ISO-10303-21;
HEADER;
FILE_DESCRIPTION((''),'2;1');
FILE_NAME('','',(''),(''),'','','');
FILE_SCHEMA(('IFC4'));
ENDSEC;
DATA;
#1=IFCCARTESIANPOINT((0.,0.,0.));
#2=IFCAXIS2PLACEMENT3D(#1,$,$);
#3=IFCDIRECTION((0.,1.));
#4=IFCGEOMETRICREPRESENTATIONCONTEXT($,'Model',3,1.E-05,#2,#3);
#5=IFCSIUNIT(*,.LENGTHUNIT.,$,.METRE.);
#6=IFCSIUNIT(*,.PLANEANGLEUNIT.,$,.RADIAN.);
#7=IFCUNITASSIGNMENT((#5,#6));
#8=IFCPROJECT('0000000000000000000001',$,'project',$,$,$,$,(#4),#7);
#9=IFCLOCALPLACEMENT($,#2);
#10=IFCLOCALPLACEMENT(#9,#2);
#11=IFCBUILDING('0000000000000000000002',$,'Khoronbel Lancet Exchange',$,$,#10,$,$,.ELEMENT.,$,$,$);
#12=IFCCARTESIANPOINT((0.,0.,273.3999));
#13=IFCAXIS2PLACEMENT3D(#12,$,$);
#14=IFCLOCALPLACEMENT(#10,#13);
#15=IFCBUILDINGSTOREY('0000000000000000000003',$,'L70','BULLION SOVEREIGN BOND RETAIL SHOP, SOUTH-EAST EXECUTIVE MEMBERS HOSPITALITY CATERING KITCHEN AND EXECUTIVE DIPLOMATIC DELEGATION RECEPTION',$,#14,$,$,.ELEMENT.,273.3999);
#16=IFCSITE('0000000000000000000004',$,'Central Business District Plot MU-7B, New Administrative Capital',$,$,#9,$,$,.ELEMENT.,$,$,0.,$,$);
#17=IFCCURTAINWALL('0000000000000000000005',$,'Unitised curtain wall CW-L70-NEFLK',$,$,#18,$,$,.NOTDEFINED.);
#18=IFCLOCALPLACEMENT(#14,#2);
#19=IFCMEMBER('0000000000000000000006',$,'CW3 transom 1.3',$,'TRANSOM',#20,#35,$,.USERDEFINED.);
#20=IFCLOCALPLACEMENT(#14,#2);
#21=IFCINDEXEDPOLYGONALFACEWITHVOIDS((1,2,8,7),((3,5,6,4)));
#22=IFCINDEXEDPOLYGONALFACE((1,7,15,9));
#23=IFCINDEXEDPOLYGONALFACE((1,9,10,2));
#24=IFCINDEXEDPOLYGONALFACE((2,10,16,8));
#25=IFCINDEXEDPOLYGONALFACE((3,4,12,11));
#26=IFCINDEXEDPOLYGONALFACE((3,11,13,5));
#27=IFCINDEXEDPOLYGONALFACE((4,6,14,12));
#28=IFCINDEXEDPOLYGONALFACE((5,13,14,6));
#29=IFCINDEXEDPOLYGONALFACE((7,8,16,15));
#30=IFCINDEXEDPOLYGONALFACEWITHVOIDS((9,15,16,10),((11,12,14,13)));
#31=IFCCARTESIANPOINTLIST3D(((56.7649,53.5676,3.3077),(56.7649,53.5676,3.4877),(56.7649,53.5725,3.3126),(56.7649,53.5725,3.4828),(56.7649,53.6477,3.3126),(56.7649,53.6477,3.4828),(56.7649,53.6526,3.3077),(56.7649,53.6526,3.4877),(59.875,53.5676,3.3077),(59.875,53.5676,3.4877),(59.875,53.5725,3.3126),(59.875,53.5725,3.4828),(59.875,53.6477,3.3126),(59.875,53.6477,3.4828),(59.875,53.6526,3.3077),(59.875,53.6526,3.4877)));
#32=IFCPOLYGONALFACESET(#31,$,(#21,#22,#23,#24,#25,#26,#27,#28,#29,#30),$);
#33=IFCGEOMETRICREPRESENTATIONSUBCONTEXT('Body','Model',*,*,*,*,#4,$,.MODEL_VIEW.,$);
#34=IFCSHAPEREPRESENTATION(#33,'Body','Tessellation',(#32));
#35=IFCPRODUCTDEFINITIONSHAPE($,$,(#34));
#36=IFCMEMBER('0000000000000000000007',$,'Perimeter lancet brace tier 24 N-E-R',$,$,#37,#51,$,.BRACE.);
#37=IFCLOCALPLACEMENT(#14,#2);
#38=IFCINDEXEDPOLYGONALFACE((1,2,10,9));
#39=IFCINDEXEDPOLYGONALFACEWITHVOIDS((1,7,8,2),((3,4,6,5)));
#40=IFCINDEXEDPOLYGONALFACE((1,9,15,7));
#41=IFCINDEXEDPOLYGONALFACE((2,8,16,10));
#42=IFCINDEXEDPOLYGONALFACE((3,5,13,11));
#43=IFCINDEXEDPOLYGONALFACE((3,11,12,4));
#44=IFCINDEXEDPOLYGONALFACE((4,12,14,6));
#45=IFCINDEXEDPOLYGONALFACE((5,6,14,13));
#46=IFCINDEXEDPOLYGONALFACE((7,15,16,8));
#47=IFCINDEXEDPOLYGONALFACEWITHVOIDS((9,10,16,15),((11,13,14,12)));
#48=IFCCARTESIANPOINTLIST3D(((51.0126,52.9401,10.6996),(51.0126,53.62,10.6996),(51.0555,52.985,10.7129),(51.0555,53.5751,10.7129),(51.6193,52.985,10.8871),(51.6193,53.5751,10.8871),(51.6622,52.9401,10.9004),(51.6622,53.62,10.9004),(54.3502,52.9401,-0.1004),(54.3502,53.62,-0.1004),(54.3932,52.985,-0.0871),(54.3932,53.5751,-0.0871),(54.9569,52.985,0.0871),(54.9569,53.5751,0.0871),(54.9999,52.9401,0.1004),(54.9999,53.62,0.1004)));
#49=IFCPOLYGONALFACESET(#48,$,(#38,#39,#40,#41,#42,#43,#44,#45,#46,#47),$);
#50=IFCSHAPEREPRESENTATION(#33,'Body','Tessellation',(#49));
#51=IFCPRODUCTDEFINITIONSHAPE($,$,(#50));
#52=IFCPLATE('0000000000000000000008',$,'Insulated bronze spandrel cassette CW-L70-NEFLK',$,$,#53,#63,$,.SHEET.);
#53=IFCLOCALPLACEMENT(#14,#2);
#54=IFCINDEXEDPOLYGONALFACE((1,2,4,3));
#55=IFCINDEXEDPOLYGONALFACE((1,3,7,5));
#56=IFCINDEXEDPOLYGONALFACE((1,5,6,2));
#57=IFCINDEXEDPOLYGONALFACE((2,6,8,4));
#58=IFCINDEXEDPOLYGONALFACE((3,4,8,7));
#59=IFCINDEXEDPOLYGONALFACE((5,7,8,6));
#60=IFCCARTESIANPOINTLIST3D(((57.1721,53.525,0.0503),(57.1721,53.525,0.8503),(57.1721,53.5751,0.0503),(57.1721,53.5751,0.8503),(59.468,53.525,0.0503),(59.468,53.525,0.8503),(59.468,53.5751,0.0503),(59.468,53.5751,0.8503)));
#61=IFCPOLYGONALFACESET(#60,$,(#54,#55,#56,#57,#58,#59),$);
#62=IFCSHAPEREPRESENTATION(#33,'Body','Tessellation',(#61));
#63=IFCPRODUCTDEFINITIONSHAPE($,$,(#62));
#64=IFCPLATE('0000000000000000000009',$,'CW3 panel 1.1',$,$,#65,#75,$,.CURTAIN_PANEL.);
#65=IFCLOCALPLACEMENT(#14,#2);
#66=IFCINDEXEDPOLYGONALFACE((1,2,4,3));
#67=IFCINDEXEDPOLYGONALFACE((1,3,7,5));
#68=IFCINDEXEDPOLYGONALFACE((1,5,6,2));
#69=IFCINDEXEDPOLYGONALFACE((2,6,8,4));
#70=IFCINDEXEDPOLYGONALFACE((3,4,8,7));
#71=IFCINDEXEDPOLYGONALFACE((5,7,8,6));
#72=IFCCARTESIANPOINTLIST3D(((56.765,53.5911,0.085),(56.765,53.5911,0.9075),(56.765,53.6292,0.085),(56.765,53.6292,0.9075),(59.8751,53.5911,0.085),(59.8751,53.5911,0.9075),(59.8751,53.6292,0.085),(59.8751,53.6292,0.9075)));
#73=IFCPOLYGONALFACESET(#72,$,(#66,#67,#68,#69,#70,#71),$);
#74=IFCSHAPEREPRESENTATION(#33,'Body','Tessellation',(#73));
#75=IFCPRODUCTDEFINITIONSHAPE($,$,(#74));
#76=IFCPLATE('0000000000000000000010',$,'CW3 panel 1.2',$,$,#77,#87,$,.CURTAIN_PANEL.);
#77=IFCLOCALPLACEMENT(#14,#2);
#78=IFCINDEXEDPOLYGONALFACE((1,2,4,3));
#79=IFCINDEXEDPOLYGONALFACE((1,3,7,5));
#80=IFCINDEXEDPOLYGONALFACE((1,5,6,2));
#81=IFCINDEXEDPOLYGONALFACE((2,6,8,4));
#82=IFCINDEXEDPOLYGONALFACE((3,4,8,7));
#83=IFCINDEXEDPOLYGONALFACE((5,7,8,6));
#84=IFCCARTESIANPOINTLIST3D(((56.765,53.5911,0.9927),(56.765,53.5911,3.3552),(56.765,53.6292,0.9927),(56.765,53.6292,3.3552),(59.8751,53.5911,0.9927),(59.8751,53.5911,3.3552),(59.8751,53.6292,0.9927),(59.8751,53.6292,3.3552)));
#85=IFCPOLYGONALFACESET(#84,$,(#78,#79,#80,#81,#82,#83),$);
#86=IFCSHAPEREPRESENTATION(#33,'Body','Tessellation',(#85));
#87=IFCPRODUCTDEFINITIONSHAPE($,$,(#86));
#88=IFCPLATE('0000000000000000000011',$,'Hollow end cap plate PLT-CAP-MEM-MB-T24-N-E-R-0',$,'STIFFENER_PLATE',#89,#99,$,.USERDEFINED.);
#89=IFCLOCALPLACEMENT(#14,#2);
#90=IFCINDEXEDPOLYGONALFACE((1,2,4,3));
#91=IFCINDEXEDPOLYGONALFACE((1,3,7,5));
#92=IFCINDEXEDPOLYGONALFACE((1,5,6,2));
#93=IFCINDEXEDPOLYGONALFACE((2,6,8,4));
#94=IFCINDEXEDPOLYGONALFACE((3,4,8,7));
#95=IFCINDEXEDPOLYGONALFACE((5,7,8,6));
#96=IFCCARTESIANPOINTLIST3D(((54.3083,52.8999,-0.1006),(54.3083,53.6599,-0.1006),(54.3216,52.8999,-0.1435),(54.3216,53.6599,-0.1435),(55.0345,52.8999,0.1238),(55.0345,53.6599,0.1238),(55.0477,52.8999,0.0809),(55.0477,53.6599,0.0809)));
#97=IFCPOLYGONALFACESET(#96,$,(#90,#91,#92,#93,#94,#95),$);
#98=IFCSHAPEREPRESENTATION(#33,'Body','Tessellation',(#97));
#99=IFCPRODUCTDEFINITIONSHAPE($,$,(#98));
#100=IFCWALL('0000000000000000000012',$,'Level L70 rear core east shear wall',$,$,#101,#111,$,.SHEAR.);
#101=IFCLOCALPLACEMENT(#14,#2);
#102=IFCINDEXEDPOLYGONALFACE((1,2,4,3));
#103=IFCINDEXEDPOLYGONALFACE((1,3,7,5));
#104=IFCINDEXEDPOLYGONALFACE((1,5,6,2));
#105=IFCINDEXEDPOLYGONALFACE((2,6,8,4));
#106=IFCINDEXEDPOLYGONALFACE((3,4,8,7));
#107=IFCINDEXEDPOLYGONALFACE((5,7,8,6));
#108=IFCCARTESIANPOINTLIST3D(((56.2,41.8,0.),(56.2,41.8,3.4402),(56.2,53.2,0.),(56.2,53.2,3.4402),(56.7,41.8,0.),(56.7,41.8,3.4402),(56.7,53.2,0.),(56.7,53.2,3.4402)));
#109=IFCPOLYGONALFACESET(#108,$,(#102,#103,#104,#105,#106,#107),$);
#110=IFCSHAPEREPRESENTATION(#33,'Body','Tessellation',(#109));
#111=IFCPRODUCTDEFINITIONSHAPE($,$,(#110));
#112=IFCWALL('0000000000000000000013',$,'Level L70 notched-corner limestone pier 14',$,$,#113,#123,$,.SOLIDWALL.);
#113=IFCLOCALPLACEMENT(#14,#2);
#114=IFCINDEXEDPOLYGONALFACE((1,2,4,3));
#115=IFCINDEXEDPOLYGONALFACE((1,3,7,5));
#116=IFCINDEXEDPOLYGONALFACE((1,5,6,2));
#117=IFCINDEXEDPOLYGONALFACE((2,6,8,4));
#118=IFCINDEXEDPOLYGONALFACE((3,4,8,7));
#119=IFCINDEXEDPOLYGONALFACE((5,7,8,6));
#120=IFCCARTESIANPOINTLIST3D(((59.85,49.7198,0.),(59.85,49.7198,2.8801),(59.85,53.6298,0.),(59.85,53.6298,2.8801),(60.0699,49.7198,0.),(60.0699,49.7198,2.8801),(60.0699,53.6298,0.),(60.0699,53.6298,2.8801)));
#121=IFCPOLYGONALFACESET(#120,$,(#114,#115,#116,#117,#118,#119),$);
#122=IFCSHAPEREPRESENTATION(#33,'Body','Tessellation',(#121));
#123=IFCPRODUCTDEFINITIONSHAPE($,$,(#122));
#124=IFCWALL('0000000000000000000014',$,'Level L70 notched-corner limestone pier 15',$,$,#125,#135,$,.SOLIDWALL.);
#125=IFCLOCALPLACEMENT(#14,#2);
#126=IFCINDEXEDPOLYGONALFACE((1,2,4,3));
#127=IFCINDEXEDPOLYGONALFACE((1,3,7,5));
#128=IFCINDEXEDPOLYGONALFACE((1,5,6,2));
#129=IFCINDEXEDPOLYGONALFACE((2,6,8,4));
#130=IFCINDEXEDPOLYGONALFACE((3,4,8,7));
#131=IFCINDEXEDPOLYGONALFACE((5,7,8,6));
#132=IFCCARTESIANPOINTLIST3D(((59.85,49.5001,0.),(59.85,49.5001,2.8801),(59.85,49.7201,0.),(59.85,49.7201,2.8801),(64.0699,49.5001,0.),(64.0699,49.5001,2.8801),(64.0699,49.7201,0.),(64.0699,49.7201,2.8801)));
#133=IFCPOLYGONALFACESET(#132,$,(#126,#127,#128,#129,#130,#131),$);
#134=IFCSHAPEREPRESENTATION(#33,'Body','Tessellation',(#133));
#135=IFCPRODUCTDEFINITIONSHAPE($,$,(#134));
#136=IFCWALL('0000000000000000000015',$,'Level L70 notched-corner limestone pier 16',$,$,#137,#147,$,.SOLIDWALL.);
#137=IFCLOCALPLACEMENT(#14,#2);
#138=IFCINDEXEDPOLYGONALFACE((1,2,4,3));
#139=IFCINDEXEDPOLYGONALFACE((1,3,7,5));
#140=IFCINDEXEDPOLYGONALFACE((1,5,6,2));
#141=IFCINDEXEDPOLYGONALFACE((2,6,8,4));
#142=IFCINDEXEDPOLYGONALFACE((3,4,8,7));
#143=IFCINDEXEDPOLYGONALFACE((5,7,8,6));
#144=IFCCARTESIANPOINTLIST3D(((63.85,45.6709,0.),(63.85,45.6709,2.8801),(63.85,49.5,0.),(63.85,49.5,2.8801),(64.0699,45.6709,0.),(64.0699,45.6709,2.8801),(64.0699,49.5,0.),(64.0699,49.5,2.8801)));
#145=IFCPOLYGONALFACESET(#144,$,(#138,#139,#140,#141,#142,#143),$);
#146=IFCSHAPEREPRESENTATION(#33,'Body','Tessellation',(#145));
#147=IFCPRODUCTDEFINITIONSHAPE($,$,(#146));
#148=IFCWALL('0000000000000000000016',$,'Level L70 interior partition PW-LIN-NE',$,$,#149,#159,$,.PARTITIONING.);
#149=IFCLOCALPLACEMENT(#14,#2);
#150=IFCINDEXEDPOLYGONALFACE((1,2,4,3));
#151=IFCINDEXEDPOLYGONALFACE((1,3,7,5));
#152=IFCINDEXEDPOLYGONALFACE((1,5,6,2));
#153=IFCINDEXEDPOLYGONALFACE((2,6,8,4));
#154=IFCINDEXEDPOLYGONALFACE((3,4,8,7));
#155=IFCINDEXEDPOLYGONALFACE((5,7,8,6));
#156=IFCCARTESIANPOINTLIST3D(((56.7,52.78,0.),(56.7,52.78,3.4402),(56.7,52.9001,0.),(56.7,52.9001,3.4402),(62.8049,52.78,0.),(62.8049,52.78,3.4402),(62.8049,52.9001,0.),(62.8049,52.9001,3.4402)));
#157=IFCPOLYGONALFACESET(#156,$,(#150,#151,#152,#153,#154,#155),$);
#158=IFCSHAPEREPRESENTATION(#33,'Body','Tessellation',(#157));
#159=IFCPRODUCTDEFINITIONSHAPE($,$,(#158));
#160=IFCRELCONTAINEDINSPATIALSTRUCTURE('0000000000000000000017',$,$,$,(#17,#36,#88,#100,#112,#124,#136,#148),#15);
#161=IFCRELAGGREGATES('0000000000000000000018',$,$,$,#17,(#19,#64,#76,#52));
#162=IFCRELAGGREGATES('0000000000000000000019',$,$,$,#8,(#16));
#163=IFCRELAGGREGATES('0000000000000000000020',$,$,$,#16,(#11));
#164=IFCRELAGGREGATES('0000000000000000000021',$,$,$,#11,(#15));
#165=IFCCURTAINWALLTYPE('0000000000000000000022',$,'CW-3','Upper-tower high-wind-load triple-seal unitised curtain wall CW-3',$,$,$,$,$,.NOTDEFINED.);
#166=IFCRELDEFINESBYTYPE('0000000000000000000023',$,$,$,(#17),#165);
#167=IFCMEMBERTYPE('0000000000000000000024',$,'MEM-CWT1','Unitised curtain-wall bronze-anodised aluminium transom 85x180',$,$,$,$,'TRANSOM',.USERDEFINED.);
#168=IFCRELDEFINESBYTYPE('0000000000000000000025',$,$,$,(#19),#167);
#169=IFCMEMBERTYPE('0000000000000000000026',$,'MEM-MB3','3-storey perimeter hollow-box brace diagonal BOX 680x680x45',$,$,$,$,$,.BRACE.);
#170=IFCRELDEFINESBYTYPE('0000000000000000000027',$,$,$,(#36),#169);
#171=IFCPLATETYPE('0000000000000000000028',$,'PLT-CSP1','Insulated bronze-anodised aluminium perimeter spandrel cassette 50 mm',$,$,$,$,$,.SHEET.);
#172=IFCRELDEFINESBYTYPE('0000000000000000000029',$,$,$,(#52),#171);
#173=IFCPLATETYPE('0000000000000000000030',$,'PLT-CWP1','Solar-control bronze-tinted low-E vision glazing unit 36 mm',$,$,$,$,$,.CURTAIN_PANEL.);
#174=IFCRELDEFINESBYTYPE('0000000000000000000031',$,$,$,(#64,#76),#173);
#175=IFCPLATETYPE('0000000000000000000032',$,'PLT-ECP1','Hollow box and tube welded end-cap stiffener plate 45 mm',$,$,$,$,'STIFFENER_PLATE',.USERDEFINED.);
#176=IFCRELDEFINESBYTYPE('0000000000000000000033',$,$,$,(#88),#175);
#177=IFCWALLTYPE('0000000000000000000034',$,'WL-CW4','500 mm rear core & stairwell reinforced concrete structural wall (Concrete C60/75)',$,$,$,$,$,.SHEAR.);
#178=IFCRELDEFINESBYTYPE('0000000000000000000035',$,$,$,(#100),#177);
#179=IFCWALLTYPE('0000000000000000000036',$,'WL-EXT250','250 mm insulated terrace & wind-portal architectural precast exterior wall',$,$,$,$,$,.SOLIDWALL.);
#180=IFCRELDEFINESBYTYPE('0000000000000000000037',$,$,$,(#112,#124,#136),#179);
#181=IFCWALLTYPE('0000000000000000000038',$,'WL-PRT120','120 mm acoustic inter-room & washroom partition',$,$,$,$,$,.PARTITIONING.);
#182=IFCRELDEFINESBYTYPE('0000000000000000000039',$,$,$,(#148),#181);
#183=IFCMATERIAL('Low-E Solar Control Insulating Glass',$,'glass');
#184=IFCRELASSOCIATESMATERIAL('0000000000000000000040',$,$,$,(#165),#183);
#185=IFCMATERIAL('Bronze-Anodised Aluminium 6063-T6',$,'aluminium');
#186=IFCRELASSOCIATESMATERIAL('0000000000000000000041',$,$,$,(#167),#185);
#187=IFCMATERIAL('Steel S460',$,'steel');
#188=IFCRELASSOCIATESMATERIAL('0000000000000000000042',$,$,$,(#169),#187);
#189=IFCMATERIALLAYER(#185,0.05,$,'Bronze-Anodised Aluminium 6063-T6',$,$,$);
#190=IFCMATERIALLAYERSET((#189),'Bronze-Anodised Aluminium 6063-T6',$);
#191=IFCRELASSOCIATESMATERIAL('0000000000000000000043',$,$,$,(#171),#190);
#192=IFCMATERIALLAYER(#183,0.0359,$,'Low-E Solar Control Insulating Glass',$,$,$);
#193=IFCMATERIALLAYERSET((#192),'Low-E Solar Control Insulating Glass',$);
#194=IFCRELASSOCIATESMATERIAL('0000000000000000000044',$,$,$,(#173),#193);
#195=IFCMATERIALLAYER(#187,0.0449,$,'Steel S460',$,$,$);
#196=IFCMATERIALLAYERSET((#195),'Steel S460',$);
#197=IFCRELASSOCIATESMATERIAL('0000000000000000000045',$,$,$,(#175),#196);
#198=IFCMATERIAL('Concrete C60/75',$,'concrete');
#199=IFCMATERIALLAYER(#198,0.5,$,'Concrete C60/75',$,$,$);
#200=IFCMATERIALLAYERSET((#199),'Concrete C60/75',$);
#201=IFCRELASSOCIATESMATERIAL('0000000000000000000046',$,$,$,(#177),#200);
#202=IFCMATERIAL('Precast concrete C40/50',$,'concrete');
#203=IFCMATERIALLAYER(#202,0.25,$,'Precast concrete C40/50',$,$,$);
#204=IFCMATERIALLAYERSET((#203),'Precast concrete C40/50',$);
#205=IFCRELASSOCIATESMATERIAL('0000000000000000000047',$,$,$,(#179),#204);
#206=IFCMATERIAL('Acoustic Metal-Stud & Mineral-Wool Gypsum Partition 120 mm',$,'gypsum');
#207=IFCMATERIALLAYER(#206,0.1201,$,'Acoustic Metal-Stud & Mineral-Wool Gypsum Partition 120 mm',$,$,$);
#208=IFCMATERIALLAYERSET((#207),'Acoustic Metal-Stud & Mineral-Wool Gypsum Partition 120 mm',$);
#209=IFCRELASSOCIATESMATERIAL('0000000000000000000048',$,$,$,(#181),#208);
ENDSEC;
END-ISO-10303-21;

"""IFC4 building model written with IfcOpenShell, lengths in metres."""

from ifc_helpers import new_model, si_unit, direction, frame, frame_2d, origin, origin_2d, place, context, subcontext, project, spatial, polyline, rectangle, hollow_rectangle, outline, extrude, material, layer, layer_set, material_profile, profile_set, type_object, element, aggregate, save


model = new_model("IFC4")

# Units and contexts
model_context = context("Model", 3, precision=1e-05, world=origin(), true_north=direction((0.0, 1.0)))
body_context = subcontext(model_context, "Body", "Model", "MODEL_VIEW")
ifc_project = project(units=[si_unit("LENGTHUNIT", "METRE"), si_unit("PLANEANGLEUNIT", "RADIAN")], contexts=[model_context])

# Site, building, storey
site_placement = place(None, origin())
site = spatial("IfcSite", under=ifc_project, at=site_placement, Name="Central Business District Plot MU-7B, New Administrative Capital", CompositionType="ELEMENT", RefElevation=0.0)
building_placement = place(site_placement, origin())
building = spatial("IfcBuilding", under=site, at=building_placement, Name="Khoronbel Lancet Exchange", CompositionType="ELEMENT")
storey_placement = place(building_placement, frame((0.0, 0.0, 273.3999)))
storey = spatial("IfcBuildingStorey", under=building, at=storey_placement, Name="L70", Description="BULLION SOVEREIGN BOND RETAIL SHOP, SOUTH-EAST EXECUTIVE MEMBERS HOSPITALITY CATERING KITCHEN AND EXECUTIVE DIPLOMATIC DELEGATION RECEPTION", CompositionType="ELEMENT", Elevation=273.3999)

# Shared definitions
ifc_material_1 = material(Name="Steel S460", Category="steel")

# Curtain wall, member
ifc_material_2 = material(Name="Low-E Solar Control Insulating Glass", Category="glass")
curtain_wall_type = type_object("IfcCurtainWallType", Name="CW-3", Description="Upper-tower high-wind-load triple-seal unitised curtain wall CW-3", PredefinedType="NOTDEFINED", material=ifc_material_2)
curtain_wall_placement = place(storey_placement, origin())
curtain_wall = element("IfcCurtainWall", 1, at=curtain_wall_placement, inside=storey, type_object=curtain_wall_type, Name="Unitised curtain wall CW-L70-NEFLK", PredefinedType="NOTDEFINED")
ifc_material_3 = material(Name="Bronze-Anodised Aluminium 6063-T6", Category="aluminium")
ifc_material_profile_1 = material_profile(ifc_material_3, hollow_rectangle(XDim=0.085, YDim=0.1799, WallThickness=0.0049, at=origin_2d()), Name="ALU TRANSOM 85x180")
ifc_profile_set_1 = profile_set([ifc_material_profile_1], Name="Bronze-Anodised Aluminium 6063-T6")
member_type_1 = type_object("IfcMemberType", Name="MEM-CWT1", Description="Unitised curtain-wall bronze-anodised aluminium transom 85x180", ElementType="TRANSOM", PredefinedType="USERDEFINED", material=ifc_profile_set_1)
member_1_placement = place(storey_placement, frame((59.875, 53.6101, 3.3977), z_axis=(-1.0, 0.0, 0.0), x_axis=(0.0, -1.0, 0.0)))
member_1 = element("IfcMember", 2, at=member_1_placement, type_object=member_type_1, Name="CW3 transom 1.3", ObjectType="TRANSOM", PredefinedType="USERDEFINED", context=body_context, shape_type="SweptSolid", body=[
    extrude(hollow_rectangle(XDim=0.085, YDim=0.1799, WallThickness=0.0049, at=origin_2d()), origin(), (0.0, 0.0, 1.0), 3.1101),
])

# Member
ifc_material_profile_2 = material_profile(ifc_material_1, hollow_rectangle(XDim=0.6799, YDim=0.6799, WallThickness=0.0449, at=origin_2d()), Name="BOX 680x680x45")
ifc_profile_set_2 = profile_set([ifc_material_profile_2], Name="Steel S460")
member_type_2 = type_object("IfcMemberType", Name="MEM-MB3", Description="3-storey perimeter hollow-box brace diagonal BOX 680x680x45", PredefinedType="BRACE", material=ifc_profile_set_2)
member_2_placement = place(storey_placement, frame((54.675, 53.28, 0.0), z_axis=(-0.295262, 0.0, 0.955416), x_axis=(0.0, -1.0, 0.0)))
element("IfcMember", 3, at=member_2_placement, inside=storey, type_object=member_type_2, Name="Perimeter lancet brace tier 24 N-E-R", PredefinedType="BRACE", context=body_context, shape_type="SweptSolid", body=[
    extrude(hollow_rectangle(XDim=0.6799, YDim=0.6799, WallThickness=0.0449, at=origin_2d()), origin(), (0.0, 0.0, 1.0), 11.304),
])

# Plates
ifc_layer_1 = layer(ifc_material_3, 0.05, Name="Bronze-Anodised Aluminium 6063-T6")
ifc_layer_set_1 = layer_set([ifc_layer_1], Name="Bronze-Anodised Aluminium 6063-T6")
plate_type_1 = type_object("IfcPlateType", Name="PLT-CSP1", Description="Insulated bronze-anodised aluminium perimeter spandrel cassette 50 mm", PredefinedType="SHEET", material=ifc_layer_set_1)
plate_1_placement = place(storey_placement, frame((58.3201, 53.55, 0.0503), z_axis=(0.0, 0.0, 1.0), x_axis=(-1.0, 0.0, 0.0)))
plate_1 = element("IfcPlate", 4, at=plate_1_placement, type_object=plate_type_1, Name="Insulated bronze spandrel cassette CW-L70-NEFLK", PredefinedType="SHEET", context=body_context, shape_type="SweptSolid", body=[
    extrude(rectangle(XDim=2.2959, YDim=0.05, at=origin_2d()), origin(), (0.0, 0.0, 1.0), 0.8),
])
ifc_layer_2 = layer(ifc_material_2, 0.0359, Name="Low-E Solar Control Insulating Glass")
ifc_layer_set_2 = layer_set([ifc_layer_2], Name="Low-E Solar Control Insulating Glass")
plate_type_2 = type_object("IfcPlateType", Name="PLT-CWP1", Description="Solar-control bronze-tinted low-E vision glazing unit 36 mm", PredefinedType="CURTAIN_PANEL", material=ifc_layer_set_2)
plate_2_placement = place(storey_placement, frame((58.3201, 53.6101, 0.085), z_axis=(0.0, 0.0, 1.0), x_axis=(-1.0, 0.0, 0.0)))
plate_2 = element("IfcPlate", 5, at=plate_2_placement, type_object=plate_type_2, Name="CW3 panel 1.1", PredefinedType="CURTAIN_PANEL", context=body_context, shape_type="SweptSolid", body=[
    extrude(rectangle(XDim=3.1101, YDim=0.0381, at=origin_2d()), origin(), (0.0, 0.0, 1.0), 0.8225),
])
plate_3_placement = place(storey_placement, frame((58.3201, 53.6101, 0.9927), z_axis=(0.0, 0.0, 1.0), x_axis=(-1.0, 0.0, 0.0)))
plate_3 = element("IfcPlate", 6, at=plate_3_placement, type_object=plate_type_2, Name="CW3 panel 1.2", PredefinedType="CURTAIN_PANEL", context=body_context, shape_type="SweptSolid", body=[
    extrude(rectangle(XDim=3.1101, YDim=0.0381, at=origin_2d()), origin(), (0.0, 0.0, 1.0), 2.3625),
])
aggregate(curtain_wall, [member_1, plate_2, plate_3, plate_1])
ifc_layer_3 = layer(ifc_material_1, 0.0449, Name="Steel S460")
ifc_layer_set_3 = layer_set([ifc_layer_3], Name="Steel S460")
plate_type_3 = type_object("IfcPlateType", Name="PLT-ECP1", Description="Hollow box and tube welded end-cap stiffener plate 45 mm", ElementType="STIFFENER_PLATE", PredefinedType="USERDEFINED", material=ifc_layer_set_3)
plate_4_placement = place(storey_placement, frame((54.3083, 53.6599, -0.1006), z_axis=(-0.295237, 0.0, 0.955424), x_axis=(0.0, -1.0, 0.0)))
element("IfcPlate", 7, at=plate_4_placement, inside=storey, type_object=plate_type_3, Name="Hollow end cap plate PLT-CAP-MEM-MB-T24-N-E-R-0", ObjectType="STIFFENER_PLATE", PredefinedType="USERDEFINED", context=body_context, shape_type="SweptSolid", body=[
    extrude(outline(polyline([(0.0, 0.0), (0.76, 0.0), (0.76, 0.76), (0.0, 0.76), (0.0, 0.0)])), origin(), (0.0, 0.0, -1.0), 0.0449),
])

# Walls
ifc_material_4 = material(Name="Concrete C60/75", Category="concrete")
ifc_layer_4 = layer(ifc_material_4, 0.5, Name="Concrete C60/75")
ifc_layer_set_4 = layer_set([ifc_layer_4], Name="Concrete C60/75")
wall_type_1 = type_object("IfcWallType", Name="WL-CW4", Description="500 mm rear core & stairwell reinforced concrete structural wall (Concrete C60/75)", PredefinedType="SHEAR", material=ifc_layer_set_4)
wall_1_placement = place(storey_placement, frame((56.45, 53.2, 0.0), z_axis=(0.0, 0.0, 1.0), x_axis=(0.0, -1.0, 0.0)))
element("IfcWall", 8, at=wall_1_placement, inside=storey, type_object=wall_type_1, Name="Level L70 rear core east shear wall", PredefinedType="SHEAR", context=body_context, shape_type="SweptSolid", body=[
    extrude(rectangle(XDim=11.3999, YDim=0.5, at=frame_2d((5.7, 0.0))), origin(), (0.0, 0.0, 1.0), 3.4402),
])
ifc_material_5 = material(Name="Precast concrete C40/50", Category="concrete")
ifc_layer_5 = layer(ifc_material_5, 0.25, Name="Precast concrete C40/50")
ifc_layer_set_5 = layer_set([ifc_layer_5], Name="Precast concrete C40/50")
wall_type_2 = type_object("IfcWallType", Name="WL-EXT250", Description="250 mm insulated terrace & wind-portal architectural precast exterior wall", PredefinedType="SOLIDWALL", material=ifc_layer_set_5)
wall_2_placement = place(storey_placement, frame((59.96, 53.6299, 0.0), z_axis=(0.0, 0.0, 1.0), x_axis=(0.0, -1.0, 0.0)))
element("IfcWall", 9, at=wall_2_placement, inside=storey, type_object=wall_type_2, Name="Level L70 notched-corner limestone pier 14", PredefinedType="SOLIDWALL", context=body_context, shape_type="SweptSolid", body=[
    extrude(rectangle(XDim=3.9099, YDim=0.22, at=frame_2d((1.9551, 0.0))), origin(), (0.0, 0.0, 1.0), 2.8801),
])
wall_3_placement = place(storey_placement, frame((59.8501, 49.6101, 0.0), z_axis=(0.0, 0.0, 1.0), x_axis=(1.0, 0.0, 0.0)))
element("IfcWall", 10, at=wall_3_placement, inside=storey, type_object=wall_type_2, Name="Level L70 notched-corner limestone pier 15", PredefinedType="SOLIDWALL", context=body_context, shape_type="SweptSolid", body=[
    extrude(rectangle(XDim=4.22, YDim=0.22, at=frame_2d((2.1099, 0.0))), origin(), (0.0, 0.0, 1.0), 2.8801),
])
wall_4_placement = place(storey_placement, frame((63.96, 49.5, 0.0), z_axis=(0.0, 0.0, 1.0), x_axis=(0.0, -1.0, 0.0)))
element("IfcWall", 11, at=wall_4_placement, inside=storey, type_object=wall_type_2, Name="Level L70 notched-corner limestone pier 16", PredefinedType="SOLIDWALL", context=body_context, shape_type="SweptSolid", body=[
    extrude(rectangle(XDim=3.8291, YDim=0.22, at=frame_2d((1.9146, 0.0))), origin(), (0.0, 0.0, 1.0), 2.8801),
])
ifc_material_6 = material(Name="Acoustic Metal-Stud & Mineral-Wool Gypsum Partition 120 mm", Category="gypsum")
ifc_layer_6 = layer(ifc_material_6, 0.1201, Name="Acoustic Metal-Stud & Mineral-Wool Gypsum Partition 120 mm")
ifc_layer_set_6 = layer_set([ifc_layer_6], Name="Acoustic Metal-Stud & Mineral-Wool Gypsum Partition 120 mm")
wall_type_3 = type_object("IfcWallType", Name="WL-PRT120", Description="120 mm acoustic inter-room & washroom partition", PredefinedType="PARTITIONING", material=ifc_layer_set_6)
wall_5_placement = place(storey_placement, frame((56.7, 52.8401, 0.0), z_axis=(0.0, 0.0, 1.0), x_axis=(1.0, 0.0, 0.0)))
element("IfcWall", 12, at=wall_5_placement, inside=storey, type_object=wall_type_3, Name="Level L70 interior partition PW-LIN-NE", PredefinedType="PARTITIONING", context=body_context, shape_type="SweptSolid", body=[
    extrude(rectangle(XDim=6.105, YDim=0.1201, at=frame_2d((3.0525, 0.0))), origin(), (0.0, 0.0, 1.0), 3.4402),
])

save(model, "model.ifc")
